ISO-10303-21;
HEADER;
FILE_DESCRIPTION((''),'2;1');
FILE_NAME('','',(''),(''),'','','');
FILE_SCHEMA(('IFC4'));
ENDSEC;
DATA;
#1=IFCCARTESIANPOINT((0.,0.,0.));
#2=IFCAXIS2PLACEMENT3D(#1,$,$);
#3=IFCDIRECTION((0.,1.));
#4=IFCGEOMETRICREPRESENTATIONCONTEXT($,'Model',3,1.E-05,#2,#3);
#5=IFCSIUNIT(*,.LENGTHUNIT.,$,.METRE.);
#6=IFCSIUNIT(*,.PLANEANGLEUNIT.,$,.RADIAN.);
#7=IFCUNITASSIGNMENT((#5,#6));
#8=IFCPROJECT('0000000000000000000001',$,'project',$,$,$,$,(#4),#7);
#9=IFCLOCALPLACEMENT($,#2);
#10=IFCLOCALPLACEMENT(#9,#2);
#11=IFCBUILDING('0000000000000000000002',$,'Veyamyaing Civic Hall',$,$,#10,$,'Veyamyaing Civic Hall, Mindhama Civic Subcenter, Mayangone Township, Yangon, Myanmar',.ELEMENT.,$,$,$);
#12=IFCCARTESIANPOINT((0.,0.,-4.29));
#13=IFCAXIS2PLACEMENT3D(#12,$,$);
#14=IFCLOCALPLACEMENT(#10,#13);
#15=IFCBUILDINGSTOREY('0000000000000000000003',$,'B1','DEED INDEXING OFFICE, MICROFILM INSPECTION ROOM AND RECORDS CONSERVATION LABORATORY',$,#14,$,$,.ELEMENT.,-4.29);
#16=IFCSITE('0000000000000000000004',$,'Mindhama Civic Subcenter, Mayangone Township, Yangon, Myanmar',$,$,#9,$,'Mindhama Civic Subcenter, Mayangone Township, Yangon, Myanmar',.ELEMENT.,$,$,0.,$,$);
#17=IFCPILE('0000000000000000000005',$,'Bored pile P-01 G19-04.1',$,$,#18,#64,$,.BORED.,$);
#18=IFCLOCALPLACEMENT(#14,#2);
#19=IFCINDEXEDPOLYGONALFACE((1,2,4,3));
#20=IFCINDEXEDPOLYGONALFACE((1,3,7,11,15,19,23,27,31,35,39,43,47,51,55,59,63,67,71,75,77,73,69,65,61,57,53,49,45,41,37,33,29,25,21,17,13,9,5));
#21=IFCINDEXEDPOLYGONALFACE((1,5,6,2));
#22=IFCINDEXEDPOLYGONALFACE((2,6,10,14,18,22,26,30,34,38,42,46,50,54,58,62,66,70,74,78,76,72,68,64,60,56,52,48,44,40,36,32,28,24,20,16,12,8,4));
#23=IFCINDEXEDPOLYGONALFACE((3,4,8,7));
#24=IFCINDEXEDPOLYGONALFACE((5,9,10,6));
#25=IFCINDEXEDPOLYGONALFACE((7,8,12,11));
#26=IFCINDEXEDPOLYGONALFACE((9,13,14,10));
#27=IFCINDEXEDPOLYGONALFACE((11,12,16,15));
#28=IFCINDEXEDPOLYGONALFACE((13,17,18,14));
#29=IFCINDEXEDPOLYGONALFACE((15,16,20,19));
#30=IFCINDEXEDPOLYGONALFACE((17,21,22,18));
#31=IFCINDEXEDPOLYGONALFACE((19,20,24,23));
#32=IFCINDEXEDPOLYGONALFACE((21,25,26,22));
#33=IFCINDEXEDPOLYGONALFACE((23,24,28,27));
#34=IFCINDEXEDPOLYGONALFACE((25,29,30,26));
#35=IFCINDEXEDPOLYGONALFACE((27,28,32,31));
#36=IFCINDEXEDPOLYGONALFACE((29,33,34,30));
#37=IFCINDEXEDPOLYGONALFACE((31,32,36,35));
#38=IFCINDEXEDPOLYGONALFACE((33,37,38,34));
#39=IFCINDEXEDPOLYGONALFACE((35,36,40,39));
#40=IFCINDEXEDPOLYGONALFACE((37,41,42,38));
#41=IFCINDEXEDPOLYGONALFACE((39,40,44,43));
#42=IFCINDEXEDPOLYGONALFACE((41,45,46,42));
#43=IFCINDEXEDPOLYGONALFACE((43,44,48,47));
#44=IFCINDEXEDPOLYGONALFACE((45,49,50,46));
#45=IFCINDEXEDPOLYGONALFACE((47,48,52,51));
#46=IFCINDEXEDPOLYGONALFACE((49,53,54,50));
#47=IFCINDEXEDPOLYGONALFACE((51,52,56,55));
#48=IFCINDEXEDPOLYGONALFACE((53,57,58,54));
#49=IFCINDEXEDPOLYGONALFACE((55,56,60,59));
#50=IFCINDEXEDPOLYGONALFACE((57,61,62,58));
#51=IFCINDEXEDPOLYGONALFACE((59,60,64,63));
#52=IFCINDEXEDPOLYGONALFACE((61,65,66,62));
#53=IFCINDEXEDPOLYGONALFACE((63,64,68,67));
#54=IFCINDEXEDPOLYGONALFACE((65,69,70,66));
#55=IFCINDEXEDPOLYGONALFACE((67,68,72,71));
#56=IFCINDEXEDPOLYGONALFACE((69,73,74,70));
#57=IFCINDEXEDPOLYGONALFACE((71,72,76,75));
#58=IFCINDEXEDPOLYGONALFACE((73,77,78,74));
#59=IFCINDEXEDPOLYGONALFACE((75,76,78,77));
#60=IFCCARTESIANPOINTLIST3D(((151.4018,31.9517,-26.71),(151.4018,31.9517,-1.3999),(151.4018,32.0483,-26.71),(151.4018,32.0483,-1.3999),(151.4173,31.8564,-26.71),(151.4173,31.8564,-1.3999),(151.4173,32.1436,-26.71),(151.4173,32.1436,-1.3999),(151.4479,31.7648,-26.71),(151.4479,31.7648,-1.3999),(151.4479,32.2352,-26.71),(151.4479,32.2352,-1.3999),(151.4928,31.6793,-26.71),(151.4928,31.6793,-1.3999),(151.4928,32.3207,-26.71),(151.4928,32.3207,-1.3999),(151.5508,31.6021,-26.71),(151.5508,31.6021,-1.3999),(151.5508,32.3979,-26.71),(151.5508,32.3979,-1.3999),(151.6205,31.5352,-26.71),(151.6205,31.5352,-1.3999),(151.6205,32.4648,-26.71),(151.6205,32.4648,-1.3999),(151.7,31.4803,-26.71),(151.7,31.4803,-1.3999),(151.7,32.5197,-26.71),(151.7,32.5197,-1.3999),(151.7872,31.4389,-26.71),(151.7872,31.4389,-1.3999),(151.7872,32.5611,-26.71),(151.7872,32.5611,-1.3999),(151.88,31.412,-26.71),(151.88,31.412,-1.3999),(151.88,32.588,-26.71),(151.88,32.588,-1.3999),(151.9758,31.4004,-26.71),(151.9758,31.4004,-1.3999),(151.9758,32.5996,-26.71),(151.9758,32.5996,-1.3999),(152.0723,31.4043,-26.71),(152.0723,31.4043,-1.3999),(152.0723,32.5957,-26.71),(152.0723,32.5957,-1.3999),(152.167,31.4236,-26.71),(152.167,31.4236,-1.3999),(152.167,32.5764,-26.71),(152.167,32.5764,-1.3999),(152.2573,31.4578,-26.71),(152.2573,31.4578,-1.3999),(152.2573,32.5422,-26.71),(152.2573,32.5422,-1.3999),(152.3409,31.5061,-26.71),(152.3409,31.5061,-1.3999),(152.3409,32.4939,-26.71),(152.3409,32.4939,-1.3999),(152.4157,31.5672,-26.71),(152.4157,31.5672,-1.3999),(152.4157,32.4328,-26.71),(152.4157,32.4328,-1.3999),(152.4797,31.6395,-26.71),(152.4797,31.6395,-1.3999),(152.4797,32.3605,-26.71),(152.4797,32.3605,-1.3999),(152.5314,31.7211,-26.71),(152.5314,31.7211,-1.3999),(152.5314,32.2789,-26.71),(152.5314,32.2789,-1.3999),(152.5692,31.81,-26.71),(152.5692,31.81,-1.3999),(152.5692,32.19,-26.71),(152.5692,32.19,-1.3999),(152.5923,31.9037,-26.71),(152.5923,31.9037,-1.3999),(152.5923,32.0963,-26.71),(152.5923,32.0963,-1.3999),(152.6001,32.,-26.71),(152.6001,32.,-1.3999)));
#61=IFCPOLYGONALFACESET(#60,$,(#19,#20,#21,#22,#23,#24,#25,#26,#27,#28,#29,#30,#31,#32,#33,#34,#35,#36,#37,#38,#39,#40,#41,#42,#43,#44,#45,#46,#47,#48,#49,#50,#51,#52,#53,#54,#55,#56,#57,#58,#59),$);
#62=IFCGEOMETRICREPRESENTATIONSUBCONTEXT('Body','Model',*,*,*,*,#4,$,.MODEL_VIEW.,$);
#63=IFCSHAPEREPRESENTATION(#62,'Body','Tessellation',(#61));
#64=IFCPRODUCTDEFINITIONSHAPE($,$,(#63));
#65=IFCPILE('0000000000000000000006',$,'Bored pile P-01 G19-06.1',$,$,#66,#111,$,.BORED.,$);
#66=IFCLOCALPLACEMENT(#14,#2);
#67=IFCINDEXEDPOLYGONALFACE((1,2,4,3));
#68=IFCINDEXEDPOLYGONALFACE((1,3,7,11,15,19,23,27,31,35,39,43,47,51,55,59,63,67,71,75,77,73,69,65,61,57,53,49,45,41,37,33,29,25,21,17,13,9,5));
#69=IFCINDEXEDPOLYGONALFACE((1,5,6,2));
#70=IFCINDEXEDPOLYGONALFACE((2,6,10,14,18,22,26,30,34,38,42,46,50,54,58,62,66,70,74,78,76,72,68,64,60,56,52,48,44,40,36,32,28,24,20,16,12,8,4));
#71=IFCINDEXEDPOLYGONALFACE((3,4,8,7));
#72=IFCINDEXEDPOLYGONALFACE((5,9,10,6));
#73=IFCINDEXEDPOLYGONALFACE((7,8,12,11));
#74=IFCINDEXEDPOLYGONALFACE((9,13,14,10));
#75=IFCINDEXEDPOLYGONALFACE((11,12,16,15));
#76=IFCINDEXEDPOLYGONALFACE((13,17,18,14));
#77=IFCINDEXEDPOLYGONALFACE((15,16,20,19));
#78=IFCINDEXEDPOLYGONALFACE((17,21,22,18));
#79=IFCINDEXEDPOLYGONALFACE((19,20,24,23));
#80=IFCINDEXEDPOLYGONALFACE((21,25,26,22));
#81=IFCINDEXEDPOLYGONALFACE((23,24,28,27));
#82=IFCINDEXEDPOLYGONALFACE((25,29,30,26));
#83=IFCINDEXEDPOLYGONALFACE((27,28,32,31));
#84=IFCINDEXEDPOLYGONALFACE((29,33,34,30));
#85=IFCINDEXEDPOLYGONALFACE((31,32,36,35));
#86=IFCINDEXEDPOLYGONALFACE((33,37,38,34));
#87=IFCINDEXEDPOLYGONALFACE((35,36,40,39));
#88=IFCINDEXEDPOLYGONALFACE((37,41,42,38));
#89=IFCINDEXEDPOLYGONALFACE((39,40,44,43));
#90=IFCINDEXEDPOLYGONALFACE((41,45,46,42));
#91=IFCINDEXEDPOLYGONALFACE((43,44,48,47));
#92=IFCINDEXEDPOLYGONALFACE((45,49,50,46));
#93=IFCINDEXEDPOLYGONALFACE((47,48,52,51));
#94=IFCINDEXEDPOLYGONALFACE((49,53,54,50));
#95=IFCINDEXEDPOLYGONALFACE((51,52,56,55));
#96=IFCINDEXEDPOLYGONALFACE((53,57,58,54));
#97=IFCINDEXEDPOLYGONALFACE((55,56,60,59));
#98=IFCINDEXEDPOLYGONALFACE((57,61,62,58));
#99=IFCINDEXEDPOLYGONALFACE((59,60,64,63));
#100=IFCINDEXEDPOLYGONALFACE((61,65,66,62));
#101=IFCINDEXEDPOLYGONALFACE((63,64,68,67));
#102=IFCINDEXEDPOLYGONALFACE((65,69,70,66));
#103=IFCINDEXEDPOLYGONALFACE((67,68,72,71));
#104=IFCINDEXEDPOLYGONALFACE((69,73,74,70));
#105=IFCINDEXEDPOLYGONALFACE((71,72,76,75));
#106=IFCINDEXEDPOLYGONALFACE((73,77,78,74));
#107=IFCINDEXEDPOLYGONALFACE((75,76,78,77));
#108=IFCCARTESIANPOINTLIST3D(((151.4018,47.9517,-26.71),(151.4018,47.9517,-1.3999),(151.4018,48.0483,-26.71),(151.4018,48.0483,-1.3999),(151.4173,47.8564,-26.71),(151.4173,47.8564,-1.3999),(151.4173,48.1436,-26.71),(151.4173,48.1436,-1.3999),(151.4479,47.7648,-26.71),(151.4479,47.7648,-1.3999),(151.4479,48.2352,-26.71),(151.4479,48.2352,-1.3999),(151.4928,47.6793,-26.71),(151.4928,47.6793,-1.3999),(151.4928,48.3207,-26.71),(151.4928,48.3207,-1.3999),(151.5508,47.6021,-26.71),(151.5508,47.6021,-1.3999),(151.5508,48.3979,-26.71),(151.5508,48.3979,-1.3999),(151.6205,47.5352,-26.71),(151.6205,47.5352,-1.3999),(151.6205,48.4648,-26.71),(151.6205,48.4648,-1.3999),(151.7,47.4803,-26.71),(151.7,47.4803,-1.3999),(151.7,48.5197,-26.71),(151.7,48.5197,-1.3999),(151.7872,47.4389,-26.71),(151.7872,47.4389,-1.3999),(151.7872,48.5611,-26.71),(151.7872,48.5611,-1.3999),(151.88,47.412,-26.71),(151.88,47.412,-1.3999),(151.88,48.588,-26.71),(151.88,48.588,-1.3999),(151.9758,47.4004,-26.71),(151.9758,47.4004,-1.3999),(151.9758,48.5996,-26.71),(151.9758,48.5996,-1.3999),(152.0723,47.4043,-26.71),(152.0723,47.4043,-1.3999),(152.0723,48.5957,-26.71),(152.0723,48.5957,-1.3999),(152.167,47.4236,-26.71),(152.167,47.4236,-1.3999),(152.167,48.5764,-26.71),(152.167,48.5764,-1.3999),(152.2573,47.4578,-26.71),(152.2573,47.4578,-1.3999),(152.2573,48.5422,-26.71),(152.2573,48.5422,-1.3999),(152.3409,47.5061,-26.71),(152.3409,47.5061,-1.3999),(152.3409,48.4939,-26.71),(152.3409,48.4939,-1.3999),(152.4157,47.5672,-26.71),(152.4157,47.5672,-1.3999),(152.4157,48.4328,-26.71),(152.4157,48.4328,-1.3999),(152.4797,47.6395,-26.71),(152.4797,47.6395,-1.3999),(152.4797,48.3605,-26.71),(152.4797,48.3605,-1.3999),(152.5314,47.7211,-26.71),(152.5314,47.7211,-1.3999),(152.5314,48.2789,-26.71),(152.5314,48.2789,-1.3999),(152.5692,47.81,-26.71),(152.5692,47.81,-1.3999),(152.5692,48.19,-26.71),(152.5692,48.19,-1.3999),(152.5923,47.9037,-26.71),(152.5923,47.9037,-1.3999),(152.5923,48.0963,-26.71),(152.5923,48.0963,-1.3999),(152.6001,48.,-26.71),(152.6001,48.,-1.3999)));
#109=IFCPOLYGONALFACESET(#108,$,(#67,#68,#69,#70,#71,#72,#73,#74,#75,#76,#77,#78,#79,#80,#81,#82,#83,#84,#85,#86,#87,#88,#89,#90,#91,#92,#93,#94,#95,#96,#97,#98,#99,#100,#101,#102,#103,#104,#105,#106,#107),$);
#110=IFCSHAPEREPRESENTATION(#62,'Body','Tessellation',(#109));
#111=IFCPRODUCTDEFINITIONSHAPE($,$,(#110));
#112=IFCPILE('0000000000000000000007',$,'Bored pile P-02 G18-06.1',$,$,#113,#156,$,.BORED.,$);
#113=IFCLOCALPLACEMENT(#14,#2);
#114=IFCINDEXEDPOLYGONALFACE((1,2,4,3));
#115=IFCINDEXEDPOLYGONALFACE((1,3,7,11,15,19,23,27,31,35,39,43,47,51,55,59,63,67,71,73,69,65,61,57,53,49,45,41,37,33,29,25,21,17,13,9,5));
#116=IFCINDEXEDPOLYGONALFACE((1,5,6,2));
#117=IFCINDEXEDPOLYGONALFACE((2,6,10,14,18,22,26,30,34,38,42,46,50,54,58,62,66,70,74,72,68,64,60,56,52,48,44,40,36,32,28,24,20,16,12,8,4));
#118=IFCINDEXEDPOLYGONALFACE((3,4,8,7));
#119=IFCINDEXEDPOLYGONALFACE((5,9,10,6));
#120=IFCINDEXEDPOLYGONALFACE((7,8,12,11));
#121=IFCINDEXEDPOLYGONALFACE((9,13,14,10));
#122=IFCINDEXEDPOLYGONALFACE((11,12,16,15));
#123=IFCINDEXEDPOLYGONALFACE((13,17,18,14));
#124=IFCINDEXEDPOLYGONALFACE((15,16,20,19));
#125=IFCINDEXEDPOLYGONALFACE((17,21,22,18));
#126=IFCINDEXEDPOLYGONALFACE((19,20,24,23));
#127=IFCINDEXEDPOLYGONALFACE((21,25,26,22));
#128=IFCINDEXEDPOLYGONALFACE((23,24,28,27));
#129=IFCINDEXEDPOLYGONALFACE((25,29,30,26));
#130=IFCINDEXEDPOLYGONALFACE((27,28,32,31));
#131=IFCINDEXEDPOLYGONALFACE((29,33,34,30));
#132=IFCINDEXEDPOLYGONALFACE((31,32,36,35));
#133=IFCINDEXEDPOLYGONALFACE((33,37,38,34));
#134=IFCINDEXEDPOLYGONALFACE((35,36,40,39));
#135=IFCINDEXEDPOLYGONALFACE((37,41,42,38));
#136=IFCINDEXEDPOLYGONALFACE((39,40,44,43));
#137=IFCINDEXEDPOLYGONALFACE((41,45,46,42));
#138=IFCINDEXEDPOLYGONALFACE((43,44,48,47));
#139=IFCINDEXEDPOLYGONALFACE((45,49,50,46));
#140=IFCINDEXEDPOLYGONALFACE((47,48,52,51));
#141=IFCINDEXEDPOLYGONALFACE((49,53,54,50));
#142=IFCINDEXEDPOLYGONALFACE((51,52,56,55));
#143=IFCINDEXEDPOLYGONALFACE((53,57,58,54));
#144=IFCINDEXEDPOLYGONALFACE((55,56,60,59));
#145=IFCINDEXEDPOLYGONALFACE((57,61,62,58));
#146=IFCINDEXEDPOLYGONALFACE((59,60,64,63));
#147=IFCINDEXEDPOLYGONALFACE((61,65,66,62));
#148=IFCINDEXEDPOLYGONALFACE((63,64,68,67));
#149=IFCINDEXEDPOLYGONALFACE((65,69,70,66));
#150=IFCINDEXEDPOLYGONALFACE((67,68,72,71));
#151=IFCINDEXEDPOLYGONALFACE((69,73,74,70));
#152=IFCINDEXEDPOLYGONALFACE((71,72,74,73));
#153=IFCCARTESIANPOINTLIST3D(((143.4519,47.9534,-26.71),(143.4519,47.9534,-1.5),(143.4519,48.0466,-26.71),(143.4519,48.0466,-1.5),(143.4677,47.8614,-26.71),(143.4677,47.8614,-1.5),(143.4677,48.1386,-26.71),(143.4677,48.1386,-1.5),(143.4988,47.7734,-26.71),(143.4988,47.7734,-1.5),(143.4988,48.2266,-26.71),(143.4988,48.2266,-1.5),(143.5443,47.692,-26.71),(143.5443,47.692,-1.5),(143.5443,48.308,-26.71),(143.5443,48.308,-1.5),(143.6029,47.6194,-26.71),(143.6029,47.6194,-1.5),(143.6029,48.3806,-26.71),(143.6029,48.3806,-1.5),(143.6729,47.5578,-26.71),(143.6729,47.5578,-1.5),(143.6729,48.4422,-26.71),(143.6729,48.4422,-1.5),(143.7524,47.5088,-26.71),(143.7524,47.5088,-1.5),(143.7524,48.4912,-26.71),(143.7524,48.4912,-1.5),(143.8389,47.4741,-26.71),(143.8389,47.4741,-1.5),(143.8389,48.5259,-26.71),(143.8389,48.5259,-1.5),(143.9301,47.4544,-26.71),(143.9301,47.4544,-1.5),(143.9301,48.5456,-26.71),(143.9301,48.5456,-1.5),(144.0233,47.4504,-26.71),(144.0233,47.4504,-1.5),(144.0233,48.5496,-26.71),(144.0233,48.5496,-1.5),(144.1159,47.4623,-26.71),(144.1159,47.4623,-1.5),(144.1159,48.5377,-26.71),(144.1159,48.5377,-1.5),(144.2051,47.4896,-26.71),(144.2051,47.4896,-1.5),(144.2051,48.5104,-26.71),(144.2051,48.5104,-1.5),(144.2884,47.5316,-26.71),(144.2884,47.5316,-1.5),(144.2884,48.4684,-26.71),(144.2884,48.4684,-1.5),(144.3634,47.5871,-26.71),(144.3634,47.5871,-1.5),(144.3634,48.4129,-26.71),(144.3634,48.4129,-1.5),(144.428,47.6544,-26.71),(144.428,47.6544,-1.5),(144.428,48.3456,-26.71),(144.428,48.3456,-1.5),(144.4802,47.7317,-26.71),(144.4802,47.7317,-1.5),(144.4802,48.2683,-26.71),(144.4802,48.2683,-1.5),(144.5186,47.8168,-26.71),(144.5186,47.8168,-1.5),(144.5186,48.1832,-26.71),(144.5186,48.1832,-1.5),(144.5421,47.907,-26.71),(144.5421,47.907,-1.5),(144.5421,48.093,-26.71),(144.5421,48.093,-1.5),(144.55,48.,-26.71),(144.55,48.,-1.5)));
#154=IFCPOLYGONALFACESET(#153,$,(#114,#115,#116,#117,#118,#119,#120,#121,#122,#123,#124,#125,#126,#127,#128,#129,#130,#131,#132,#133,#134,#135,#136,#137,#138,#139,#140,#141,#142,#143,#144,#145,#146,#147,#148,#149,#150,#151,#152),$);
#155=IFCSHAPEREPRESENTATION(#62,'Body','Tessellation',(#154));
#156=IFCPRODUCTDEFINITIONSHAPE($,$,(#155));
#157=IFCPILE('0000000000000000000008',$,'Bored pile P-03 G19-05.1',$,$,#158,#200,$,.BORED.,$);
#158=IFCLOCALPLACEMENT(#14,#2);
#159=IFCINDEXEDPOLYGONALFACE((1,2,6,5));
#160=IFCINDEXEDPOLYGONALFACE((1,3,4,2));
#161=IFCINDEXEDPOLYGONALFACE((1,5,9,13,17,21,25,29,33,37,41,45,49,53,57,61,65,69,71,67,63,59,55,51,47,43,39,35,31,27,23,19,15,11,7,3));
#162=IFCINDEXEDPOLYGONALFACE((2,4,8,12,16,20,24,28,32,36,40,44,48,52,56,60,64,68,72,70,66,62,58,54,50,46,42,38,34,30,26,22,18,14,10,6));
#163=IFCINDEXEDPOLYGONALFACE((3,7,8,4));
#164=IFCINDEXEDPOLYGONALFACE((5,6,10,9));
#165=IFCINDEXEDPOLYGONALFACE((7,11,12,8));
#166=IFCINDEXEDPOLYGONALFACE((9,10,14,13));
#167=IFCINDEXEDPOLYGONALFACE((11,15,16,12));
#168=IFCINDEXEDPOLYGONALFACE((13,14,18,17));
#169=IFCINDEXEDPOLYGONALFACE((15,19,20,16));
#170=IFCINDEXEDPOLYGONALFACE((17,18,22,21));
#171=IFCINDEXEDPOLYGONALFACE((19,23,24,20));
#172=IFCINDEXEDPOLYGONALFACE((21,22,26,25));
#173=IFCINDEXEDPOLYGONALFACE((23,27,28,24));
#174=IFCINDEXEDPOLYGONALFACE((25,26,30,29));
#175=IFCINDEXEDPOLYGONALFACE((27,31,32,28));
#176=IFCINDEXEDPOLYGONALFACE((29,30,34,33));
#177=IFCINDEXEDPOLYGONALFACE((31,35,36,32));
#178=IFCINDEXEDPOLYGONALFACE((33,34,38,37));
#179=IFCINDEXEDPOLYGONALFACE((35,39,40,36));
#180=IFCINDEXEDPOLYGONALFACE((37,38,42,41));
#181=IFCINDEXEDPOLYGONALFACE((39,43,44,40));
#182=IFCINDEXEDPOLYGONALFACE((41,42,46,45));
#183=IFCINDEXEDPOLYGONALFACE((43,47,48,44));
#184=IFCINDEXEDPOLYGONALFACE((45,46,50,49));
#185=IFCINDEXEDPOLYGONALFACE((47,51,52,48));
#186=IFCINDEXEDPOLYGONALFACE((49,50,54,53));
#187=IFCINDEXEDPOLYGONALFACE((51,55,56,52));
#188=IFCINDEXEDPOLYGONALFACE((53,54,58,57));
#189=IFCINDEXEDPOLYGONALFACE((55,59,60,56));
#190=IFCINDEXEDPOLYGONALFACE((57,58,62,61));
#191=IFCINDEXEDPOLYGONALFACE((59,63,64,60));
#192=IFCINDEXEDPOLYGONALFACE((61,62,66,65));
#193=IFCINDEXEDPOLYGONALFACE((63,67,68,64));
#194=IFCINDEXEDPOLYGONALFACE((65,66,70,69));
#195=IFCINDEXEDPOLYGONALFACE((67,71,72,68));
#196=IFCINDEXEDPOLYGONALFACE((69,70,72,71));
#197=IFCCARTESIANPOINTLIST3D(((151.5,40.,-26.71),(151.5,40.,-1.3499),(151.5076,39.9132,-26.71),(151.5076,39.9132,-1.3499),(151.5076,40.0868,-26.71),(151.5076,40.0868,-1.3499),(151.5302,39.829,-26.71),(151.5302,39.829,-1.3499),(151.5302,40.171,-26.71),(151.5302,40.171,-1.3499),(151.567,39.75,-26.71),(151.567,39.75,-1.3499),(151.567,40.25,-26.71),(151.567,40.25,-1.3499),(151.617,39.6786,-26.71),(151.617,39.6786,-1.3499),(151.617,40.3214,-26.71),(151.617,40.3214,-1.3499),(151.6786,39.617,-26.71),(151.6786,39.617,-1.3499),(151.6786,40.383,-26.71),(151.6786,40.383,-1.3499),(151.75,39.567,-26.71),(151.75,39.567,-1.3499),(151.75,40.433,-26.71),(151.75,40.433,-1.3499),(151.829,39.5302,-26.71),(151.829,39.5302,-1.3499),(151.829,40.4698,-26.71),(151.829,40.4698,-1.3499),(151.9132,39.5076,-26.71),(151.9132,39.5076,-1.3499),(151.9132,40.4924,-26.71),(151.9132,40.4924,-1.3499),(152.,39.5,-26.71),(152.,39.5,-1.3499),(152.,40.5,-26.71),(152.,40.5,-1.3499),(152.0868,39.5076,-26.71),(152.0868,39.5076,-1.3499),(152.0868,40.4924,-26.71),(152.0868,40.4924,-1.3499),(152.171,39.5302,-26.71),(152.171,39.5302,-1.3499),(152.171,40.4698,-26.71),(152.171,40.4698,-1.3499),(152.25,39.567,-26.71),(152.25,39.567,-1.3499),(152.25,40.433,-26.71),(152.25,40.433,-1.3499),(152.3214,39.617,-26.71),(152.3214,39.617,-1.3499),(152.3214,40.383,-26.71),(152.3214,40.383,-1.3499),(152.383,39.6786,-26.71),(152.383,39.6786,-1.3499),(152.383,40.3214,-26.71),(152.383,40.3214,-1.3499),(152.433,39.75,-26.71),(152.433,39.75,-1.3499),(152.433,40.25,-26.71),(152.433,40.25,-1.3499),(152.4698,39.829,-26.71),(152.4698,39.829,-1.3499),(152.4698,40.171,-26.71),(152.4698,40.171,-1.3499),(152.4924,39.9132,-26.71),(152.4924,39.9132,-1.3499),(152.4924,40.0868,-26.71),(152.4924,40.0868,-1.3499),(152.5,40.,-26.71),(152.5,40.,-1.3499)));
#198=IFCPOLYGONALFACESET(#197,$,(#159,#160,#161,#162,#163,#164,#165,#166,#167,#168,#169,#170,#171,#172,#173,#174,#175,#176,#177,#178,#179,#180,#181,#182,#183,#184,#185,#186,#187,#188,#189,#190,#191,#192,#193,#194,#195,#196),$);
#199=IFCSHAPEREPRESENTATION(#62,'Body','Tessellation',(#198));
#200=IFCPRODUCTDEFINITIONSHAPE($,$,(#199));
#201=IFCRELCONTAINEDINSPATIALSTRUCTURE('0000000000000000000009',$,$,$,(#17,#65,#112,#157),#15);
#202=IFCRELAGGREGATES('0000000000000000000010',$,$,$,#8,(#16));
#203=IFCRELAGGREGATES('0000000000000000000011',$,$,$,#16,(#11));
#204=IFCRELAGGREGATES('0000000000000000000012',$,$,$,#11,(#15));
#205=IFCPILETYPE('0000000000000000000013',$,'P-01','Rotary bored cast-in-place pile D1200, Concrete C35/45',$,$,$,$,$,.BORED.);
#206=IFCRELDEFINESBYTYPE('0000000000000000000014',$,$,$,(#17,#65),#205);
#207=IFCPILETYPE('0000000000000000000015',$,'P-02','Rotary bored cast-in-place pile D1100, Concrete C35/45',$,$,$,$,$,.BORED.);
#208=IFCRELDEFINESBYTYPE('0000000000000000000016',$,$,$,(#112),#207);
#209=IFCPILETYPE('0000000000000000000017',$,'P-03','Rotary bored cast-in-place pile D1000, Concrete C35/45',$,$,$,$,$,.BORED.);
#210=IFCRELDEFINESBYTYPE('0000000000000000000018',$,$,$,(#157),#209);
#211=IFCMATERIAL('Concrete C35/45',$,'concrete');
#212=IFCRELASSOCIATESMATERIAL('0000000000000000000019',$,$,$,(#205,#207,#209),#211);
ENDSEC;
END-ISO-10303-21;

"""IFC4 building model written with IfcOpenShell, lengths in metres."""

from ifc_helpers import new_model, si_unit, direction, frame, origin, origin_2d, place, context, subcontext, project, spatial, circle, extrude, material, material_profile, profile_set, type_object, element, save


model = new_model("IFC4")

# Units and contexts
model_context = context("Model", 3, precision=1e-05, world=origin(), true_north=direction((0.0, 1.0)))
body_context = subcontext(model_context, "Body", "Model", "MODEL_VIEW")
ifc_project = project(units=[si_unit("LENGTHUNIT", "METRE"), si_unit("PLANEANGLEUNIT", "RADIAN")], contexts=[model_context])

# Site, building, storey
site_placement = place(None, origin())
site = spatial("IfcSite", under=ifc_project, at=site_placement, Name="Mindhama Civic Subcenter, Mayangone Township, Yangon, Myanmar", LongName="Mindhama Civic Subcenter, Mayangone Township, Yangon, Myanmar", CompositionType="ELEMENT", RefElevation=0.0)
building_placement = place(site_placement, origin())
building = spatial("IfcBuilding", under=site, at=building_placement, Name="Veyamyaing Civic Hall", LongName="Veyamyaing Civic Hall, Mindhama Civic Subcenter, Mayangone Township, Yangon, Myanmar", CompositionType="ELEMENT")
storey_placement = place(building_placement, frame((0.0, 0.0, -4.29)))
storey = spatial("IfcBuildingStorey", under=building, at=storey_placement, Name="B1", Description="DEED INDEXING OFFICE, MICROFILM INSPECTION ROOM AND RECORDS CONSERVATION LABORATORY", CompositionType="ELEMENT", Elevation=-4.29)

# Piles
ifc_material_1 = material(Name="Concrete C35/45", Category="concrete")
ifc_material_profile_1 = material_profile(ifc_material_1, circle(Radius=0.6001, at=origin_2d()), Name="PILE-D1200")
ifc_profile_set_1 = profile_set([ifc_material_profile_1], Name="Concrete C35/45")
pile_type_1 = type_object("IfcPileType", Name="P-01", Description="Rotary bored cast-in-place pile D1200, Concrete C35/45", PredefinedType="BORED", material=ifc_profile_set_1)
for number, where, z_axis, x_axis, name in (
    (1, (152.0, 32.0, -1.3999), (0.0, 0.0, -1.0), (1.0, 0.0, 0.0), "Bored pile P-01 G19-04.1"),
    (2, (152.0, 48.0, -1.3999), (0.0, 0.0, -1.0), (1.0, 0.0, 0.0), "Bored pile P-01 G19-06.1"),
):
    element("IfcPile", number, at=place(storey_placement, frame(where, z_axis=z_axis, x_axis=x_axis)), inside=storey, type_object=pile_type_1, Name=name, PredefinedType="BORED", context=body_context, shape_type="SweptSolid", body=[
        extrude(circle(Radius=0.6001, at=origin_2d()), origin(), (0.0, 0.0, 1.0), 25.3101),
    ])
ifc_material_profile_2 = material_profile(ifc_material_1, circle(Radius=0.55, at=origin_2d()), Name="PILE-D1100")
ifc_profile_set_2 = profile_set([ifc_material_profile_2], Name="Concrete C35/45")
pile_type_2 = type_object("IfcPileType", Name="P-02", Description="Rotary bored cast-in-place pile D1100, Concrete C35/45", PredefinedType="BORED", material=ifc_profile_set_2)
pile_1_placement = place(storey_placement, frame((144.0, 48.0, -1.5), z_axis=(0.0, 0.0, -1.0), x_axis=(1.0, 0.0, 0.0)))
element("IfcPile", 3, at=pile_1_placement, inside=storey, type_object=pile_type_2, Name="Bored pile P-02 G18-06.1", PredefinedType="BORED", context=body_context, shape_type="SweptSolid", body=[
    extrude(circle(Radius=0.55, at=origin_2d()), origin(), (0.0, 0.0, 1.0), 25.21),
])
ifc_material_profile_3 = material_profile(ifc_material_1, circle(Radius=0.5, at=origin_2d()), Name="PILE-D1000")
ifc_profile_set_3 = profile_set([ifc_material_profile_3], Name="Concrete C35/45")
pile_type_3 = type_object("IfcPileType", Name="P-03", Description="Rotary bored cast-in-place pile D1000, Concrete C35/45", PredefinedType="BORED", material=ifc_profile_set_3)
pile_2_placement = place(storey_placement, frame((152.0, 40.0, -1.3499), z_axis=(0.0, 0.0, -1.0), x_axis=(1.0, 0.0, 0.0)))
element("IfcPile", 4, at=pile_2_placement, inside=storey, type_object=pile_type_3, Name="Bored pile P-03 G19-05.1", PredefinedType="BORED", context=body_context, shape_type="SweptSolid", body=[
    extrude(circle(Radius=0.5, at=origin_2d()), origin(), (0.0, 0.0, 1.0), 25.3601),
])

save(model, "model.ifc")
